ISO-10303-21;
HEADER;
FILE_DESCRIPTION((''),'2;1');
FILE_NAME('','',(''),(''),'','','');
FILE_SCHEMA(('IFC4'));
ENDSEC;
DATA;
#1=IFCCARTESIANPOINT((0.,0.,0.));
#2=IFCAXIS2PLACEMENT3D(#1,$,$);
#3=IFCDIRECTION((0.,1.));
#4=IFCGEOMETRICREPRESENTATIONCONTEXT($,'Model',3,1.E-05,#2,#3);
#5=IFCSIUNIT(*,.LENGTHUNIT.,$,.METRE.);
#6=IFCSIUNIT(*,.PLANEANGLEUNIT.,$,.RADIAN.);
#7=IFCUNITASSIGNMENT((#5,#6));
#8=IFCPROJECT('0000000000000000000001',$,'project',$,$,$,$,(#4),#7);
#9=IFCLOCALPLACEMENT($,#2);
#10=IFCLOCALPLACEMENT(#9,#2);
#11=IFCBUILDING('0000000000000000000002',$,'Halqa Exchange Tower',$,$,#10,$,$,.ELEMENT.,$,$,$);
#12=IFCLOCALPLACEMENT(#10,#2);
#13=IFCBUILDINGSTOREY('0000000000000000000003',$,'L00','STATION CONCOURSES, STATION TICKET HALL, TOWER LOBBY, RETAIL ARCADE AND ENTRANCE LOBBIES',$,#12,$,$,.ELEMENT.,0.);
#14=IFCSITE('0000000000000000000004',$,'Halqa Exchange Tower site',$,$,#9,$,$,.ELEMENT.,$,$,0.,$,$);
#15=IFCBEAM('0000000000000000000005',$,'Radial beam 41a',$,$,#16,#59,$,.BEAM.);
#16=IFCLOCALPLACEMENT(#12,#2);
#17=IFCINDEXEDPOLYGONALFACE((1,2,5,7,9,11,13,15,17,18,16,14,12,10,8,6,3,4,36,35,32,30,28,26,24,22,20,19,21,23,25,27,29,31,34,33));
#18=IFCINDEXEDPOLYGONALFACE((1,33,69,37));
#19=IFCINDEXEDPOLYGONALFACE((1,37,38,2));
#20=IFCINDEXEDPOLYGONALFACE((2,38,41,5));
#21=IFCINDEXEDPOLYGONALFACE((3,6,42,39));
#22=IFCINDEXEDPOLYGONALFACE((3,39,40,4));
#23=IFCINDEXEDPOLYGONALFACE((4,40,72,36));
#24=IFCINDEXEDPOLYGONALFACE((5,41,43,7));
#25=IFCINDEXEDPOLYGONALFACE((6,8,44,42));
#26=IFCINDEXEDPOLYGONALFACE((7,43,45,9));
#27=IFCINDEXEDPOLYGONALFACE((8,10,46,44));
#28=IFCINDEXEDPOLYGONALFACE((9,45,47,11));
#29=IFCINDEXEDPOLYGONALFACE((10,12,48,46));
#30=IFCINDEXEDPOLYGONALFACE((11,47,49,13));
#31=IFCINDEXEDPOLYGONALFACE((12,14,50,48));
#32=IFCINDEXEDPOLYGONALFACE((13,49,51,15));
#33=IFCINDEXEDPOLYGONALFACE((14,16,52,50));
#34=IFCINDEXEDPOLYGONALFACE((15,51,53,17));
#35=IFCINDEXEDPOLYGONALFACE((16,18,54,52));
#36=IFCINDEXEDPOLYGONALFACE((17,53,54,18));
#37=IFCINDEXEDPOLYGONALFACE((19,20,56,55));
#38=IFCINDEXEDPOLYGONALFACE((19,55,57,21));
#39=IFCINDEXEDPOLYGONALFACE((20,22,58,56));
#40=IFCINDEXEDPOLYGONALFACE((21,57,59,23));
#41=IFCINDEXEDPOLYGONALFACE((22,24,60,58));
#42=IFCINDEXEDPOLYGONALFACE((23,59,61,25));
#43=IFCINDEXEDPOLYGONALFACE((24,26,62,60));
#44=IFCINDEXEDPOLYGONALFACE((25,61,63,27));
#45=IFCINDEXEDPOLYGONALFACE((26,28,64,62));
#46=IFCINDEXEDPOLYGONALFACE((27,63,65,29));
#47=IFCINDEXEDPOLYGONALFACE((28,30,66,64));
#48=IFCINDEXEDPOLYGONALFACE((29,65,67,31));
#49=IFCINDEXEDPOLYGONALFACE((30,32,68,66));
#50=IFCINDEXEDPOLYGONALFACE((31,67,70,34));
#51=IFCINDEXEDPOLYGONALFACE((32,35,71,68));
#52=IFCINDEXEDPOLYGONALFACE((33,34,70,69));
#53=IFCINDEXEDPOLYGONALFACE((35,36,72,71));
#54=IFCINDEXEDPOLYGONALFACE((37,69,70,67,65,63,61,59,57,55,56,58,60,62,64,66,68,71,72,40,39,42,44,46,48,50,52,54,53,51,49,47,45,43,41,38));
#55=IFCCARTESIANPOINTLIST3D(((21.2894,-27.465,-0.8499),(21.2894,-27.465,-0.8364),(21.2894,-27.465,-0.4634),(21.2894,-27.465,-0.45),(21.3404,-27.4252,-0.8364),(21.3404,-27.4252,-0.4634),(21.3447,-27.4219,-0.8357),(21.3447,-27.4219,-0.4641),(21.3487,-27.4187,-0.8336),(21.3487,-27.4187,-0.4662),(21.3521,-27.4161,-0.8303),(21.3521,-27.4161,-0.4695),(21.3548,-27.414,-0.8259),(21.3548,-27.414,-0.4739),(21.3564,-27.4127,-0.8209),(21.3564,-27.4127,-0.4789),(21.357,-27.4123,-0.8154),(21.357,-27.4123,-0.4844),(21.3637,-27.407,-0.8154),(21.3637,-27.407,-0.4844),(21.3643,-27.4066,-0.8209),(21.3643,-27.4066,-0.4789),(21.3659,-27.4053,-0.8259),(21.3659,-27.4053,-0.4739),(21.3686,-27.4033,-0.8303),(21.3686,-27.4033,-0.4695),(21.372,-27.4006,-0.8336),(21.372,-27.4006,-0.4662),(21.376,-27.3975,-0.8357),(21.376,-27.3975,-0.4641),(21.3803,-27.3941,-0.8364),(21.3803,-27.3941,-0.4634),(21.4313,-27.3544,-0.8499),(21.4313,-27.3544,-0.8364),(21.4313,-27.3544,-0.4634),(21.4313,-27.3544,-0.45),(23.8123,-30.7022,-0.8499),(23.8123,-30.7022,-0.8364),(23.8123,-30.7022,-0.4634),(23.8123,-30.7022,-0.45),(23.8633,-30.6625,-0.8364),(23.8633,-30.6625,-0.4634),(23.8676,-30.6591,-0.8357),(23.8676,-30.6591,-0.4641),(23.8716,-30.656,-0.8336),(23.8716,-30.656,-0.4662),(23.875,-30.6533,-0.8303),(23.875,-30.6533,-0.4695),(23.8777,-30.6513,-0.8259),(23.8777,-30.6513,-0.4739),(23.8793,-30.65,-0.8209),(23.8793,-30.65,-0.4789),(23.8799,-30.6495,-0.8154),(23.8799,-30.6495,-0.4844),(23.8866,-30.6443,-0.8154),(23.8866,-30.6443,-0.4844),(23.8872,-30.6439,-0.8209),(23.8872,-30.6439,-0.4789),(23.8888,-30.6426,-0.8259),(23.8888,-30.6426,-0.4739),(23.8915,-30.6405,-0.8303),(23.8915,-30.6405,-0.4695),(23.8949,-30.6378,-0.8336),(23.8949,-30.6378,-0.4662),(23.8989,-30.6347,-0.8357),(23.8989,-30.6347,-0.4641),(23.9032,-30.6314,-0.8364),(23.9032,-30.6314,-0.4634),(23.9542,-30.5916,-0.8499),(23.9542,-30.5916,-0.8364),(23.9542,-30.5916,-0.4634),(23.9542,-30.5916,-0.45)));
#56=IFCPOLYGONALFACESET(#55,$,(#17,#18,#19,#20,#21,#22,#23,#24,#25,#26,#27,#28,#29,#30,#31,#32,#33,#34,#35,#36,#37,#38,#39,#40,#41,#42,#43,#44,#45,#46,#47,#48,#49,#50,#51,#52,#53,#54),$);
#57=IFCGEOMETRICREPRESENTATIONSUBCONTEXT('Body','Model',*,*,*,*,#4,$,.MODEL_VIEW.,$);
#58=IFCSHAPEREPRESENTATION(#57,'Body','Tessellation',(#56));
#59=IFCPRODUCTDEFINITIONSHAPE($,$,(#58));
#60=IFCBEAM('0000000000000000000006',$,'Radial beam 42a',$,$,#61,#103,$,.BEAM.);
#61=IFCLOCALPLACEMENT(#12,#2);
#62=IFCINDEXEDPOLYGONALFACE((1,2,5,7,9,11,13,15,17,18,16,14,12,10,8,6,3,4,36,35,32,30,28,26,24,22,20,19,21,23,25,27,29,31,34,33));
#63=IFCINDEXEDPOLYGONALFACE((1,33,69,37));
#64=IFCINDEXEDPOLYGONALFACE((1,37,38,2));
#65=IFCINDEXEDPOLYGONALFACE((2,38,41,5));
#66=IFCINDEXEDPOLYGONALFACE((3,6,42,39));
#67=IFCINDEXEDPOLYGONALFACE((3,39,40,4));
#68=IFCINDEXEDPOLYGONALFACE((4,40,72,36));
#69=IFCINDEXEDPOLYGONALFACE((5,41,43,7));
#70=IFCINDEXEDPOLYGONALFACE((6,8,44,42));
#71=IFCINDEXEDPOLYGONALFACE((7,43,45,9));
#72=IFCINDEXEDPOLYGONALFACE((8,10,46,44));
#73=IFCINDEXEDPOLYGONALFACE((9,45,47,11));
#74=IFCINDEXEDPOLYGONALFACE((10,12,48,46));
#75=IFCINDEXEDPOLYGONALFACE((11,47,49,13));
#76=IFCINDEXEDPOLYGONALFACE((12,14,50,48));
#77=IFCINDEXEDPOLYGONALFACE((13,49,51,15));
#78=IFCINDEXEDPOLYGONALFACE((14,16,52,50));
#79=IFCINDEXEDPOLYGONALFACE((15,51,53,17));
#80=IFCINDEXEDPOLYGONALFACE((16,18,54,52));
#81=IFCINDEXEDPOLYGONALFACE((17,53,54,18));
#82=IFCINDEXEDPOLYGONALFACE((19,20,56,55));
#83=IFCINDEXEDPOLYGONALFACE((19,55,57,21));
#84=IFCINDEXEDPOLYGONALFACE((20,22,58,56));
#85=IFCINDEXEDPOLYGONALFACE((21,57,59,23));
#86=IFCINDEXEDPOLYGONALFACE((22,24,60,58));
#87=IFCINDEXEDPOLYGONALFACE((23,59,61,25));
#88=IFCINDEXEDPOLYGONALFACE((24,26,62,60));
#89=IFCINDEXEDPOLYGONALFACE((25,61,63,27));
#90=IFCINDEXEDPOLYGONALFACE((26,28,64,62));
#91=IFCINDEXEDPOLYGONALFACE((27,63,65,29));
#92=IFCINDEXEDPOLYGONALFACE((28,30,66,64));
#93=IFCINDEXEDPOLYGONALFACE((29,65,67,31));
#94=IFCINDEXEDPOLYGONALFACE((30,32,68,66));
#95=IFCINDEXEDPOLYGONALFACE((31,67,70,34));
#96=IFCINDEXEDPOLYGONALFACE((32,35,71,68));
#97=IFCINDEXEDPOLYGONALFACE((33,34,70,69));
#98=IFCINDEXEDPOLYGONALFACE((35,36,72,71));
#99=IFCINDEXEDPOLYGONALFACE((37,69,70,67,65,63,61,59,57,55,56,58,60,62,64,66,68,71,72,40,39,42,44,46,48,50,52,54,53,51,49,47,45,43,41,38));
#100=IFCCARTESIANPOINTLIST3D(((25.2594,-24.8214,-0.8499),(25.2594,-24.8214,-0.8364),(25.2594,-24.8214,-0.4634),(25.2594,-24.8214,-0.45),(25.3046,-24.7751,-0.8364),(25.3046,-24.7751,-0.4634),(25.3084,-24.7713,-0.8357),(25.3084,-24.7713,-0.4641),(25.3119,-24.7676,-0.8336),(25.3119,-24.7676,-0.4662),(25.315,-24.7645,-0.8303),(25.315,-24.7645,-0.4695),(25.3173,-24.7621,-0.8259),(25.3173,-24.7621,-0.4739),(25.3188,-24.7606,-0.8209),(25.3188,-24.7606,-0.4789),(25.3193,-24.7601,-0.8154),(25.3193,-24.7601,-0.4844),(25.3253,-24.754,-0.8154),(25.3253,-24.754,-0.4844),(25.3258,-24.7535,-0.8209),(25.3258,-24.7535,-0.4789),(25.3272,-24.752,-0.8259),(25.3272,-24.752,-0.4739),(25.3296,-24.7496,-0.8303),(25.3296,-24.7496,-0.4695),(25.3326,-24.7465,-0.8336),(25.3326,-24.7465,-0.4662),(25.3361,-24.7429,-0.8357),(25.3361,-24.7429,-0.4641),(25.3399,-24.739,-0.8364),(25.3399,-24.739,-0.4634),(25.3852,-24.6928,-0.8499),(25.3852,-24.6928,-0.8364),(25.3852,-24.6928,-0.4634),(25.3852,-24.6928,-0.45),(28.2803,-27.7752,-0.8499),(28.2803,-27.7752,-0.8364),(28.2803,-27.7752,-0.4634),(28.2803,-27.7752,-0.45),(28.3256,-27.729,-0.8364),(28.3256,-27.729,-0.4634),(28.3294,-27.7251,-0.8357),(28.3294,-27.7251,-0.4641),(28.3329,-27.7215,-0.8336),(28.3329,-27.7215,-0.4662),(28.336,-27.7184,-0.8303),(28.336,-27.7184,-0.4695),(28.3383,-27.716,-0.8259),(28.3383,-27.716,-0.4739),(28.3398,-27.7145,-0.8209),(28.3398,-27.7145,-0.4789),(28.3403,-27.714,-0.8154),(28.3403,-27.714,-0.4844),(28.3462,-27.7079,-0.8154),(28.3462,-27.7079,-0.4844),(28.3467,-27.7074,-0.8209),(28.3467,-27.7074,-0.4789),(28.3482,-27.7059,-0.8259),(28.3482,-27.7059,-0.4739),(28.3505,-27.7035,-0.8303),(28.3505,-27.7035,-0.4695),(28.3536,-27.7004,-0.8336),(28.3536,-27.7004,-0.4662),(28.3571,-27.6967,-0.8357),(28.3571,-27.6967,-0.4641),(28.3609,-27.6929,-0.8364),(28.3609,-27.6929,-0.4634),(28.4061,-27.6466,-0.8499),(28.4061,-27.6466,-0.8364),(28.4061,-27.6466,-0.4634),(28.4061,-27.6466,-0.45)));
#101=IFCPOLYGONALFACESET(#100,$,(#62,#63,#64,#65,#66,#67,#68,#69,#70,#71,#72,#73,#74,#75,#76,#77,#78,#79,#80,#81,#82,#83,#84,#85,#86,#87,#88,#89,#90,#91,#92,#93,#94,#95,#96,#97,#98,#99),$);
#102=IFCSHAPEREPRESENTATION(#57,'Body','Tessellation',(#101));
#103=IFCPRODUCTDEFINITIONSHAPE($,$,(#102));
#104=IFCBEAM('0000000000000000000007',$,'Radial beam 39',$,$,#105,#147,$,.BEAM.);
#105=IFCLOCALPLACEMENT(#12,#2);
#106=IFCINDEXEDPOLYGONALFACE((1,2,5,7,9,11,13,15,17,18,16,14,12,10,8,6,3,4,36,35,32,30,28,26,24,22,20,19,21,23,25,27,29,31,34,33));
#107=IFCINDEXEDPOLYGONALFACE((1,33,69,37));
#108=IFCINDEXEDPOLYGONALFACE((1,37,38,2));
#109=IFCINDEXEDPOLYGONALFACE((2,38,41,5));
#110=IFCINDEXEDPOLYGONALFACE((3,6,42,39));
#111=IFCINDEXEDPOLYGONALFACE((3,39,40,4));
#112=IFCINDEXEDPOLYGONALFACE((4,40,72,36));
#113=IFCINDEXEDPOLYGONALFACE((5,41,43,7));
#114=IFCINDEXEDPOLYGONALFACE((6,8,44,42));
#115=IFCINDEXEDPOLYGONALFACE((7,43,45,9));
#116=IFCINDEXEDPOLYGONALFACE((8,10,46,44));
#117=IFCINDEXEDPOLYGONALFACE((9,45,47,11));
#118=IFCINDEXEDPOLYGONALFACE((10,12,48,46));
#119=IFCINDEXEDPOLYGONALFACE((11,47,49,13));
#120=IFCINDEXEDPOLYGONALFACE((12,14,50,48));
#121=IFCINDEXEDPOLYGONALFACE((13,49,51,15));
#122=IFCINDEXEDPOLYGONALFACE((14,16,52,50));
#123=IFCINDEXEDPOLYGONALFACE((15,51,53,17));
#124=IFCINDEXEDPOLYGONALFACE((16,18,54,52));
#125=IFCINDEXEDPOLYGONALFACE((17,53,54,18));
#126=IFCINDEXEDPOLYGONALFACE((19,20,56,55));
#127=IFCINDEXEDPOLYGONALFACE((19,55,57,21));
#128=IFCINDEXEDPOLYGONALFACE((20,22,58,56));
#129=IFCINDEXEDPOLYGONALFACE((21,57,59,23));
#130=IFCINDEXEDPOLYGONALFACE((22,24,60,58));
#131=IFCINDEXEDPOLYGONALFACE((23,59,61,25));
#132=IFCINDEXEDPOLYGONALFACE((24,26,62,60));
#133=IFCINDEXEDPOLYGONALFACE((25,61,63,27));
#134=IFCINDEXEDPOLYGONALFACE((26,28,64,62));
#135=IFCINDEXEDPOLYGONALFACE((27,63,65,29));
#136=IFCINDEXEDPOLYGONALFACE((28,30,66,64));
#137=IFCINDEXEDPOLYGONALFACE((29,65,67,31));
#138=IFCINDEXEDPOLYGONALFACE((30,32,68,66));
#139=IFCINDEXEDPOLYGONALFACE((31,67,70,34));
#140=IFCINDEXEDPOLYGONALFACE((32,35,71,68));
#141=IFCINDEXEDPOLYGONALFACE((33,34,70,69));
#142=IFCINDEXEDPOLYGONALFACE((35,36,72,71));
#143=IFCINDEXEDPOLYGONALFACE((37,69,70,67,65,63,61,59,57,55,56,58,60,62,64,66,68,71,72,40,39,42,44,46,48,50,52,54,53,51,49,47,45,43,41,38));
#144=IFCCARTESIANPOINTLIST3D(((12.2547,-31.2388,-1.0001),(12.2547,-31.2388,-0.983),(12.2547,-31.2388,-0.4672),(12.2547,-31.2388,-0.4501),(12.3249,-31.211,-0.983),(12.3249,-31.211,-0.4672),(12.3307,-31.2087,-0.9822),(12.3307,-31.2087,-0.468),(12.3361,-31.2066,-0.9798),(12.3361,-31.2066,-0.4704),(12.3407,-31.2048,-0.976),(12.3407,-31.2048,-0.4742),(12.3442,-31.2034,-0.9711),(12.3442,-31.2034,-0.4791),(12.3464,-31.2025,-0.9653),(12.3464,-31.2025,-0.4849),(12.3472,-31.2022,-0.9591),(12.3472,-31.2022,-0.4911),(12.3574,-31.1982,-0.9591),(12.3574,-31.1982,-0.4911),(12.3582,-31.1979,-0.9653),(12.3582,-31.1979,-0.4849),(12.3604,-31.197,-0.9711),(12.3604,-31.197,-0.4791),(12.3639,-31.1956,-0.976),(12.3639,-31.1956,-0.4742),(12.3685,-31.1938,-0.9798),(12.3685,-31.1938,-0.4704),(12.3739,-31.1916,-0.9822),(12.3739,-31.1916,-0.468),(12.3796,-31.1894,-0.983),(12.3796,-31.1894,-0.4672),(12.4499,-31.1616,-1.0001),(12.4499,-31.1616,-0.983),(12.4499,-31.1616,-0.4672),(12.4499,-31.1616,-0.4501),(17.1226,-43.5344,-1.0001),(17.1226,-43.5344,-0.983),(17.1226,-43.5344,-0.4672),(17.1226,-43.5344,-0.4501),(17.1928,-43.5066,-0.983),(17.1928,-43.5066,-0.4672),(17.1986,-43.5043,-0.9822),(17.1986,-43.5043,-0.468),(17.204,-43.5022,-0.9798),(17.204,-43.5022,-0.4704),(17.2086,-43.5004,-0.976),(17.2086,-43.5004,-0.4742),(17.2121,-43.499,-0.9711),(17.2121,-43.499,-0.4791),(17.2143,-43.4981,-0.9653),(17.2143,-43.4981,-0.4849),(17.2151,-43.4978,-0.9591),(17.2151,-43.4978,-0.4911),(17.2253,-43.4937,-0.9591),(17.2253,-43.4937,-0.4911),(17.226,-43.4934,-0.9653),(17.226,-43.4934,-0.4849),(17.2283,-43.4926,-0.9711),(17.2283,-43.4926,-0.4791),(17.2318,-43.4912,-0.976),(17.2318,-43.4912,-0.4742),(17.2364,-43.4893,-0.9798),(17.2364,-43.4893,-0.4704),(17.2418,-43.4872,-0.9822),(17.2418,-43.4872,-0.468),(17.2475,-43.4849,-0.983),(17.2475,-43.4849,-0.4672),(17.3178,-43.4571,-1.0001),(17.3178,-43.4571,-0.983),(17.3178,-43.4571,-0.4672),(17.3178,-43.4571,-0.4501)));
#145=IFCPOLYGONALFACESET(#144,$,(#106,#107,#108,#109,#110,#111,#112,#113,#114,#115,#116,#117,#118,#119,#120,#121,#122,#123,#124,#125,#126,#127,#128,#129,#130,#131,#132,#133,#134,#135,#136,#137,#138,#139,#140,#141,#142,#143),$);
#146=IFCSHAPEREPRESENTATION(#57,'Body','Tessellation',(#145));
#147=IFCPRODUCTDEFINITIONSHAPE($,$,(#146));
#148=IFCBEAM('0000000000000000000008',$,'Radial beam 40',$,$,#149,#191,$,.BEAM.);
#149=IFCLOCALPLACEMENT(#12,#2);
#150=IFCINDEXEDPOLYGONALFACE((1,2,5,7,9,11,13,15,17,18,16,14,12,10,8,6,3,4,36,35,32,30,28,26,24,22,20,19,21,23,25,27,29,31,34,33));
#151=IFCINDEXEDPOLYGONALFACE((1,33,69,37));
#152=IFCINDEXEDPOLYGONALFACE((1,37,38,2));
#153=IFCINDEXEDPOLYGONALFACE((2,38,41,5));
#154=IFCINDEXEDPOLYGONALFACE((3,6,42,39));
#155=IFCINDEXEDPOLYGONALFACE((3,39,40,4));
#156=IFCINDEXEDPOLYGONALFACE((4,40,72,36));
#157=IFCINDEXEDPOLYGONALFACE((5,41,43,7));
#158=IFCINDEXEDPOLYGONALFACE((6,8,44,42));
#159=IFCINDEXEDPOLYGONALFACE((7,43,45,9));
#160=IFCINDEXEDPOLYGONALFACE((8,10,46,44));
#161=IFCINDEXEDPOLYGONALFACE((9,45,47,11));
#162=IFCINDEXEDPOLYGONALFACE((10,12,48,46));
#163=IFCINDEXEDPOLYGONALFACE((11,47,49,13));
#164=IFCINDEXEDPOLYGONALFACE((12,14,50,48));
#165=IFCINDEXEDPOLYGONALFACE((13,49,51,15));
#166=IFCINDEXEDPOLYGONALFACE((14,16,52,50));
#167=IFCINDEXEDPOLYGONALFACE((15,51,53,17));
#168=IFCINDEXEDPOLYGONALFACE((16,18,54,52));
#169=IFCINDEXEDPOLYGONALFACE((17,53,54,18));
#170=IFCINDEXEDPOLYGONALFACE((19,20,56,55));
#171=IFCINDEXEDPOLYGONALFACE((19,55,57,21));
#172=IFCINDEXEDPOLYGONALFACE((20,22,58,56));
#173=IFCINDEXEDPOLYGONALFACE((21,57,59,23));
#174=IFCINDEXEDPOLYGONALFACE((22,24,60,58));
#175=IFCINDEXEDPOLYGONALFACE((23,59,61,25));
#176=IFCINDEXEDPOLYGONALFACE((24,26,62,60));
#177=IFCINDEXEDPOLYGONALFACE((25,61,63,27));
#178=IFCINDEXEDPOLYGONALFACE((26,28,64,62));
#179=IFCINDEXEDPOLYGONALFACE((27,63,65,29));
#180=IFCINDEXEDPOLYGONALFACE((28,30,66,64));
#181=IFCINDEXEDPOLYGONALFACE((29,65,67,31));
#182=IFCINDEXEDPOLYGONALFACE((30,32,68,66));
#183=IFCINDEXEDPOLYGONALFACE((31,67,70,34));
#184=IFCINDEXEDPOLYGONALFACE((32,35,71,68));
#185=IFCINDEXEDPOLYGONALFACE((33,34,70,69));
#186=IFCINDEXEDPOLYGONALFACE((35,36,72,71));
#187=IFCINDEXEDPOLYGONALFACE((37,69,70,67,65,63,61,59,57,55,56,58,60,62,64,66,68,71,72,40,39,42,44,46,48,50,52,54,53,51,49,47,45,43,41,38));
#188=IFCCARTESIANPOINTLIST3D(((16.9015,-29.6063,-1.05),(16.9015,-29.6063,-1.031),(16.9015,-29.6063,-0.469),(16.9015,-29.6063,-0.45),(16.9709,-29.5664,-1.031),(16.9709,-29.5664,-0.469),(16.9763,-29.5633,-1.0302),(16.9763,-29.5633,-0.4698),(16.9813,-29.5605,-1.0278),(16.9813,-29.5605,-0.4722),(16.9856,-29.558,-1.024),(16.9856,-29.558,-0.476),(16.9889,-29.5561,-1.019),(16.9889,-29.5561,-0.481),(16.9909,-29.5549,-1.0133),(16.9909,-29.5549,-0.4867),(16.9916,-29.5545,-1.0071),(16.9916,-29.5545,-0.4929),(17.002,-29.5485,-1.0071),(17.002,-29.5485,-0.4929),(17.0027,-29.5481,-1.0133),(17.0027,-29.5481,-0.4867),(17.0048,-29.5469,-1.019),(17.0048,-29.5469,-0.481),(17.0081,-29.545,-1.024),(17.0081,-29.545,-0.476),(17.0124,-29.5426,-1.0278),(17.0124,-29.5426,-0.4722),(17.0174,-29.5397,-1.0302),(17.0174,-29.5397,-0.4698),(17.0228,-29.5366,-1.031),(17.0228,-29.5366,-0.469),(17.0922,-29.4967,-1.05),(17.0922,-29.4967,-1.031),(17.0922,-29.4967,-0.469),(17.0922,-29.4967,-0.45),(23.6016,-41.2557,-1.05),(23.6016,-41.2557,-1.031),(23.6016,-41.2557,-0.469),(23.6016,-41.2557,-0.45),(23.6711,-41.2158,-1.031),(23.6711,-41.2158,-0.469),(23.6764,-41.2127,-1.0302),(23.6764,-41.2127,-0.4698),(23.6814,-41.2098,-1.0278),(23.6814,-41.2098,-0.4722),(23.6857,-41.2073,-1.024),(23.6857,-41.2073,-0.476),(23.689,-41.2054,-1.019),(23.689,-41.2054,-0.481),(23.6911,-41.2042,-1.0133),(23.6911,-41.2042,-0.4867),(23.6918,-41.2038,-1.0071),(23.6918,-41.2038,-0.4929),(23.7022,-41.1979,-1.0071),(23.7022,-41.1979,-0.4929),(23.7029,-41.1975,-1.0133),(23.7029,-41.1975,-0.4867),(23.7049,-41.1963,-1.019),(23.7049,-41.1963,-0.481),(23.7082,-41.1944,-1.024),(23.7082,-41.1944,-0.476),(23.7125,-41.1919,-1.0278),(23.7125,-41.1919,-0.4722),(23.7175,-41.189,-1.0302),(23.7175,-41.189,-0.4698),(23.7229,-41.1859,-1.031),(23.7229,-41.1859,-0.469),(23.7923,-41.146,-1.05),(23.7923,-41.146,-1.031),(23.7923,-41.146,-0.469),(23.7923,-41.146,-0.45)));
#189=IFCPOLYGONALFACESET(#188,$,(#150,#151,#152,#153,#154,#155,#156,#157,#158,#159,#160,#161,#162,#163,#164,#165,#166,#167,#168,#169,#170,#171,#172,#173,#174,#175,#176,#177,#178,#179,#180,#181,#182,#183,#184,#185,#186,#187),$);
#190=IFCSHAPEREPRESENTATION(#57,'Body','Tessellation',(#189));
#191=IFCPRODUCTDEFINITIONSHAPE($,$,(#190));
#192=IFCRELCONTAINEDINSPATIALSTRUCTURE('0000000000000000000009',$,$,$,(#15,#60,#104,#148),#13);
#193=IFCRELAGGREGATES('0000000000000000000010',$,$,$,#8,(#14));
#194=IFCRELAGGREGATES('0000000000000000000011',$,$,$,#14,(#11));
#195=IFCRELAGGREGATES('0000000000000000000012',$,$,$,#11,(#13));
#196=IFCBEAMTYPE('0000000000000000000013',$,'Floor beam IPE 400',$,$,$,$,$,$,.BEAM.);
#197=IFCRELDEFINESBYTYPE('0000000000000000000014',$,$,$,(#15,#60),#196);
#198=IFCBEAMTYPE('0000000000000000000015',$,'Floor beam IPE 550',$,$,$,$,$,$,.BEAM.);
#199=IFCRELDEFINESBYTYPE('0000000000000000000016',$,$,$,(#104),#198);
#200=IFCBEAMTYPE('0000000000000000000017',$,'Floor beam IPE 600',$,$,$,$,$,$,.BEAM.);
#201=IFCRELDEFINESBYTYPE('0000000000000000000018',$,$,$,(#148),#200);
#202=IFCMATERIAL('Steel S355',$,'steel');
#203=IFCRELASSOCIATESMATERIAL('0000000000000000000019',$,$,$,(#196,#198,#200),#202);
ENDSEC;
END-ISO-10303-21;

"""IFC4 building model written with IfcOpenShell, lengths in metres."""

from ifc_helpers import new_model, si_unit, direction, frame, origin, origin_2d, place, context, subcontext, project, spatial, i_section, extrude, material, material_profile, profile_set, type_object, element, save


model = new_model("IFC4")

# Units and contexts
model_context = context("Model", 3, precision=1e-05, world=origin(), true_north=direction((0.0, 1.0)))
body_context = subcontext(model_context, "Body", "Model", "MODEL_VIEW")
ifc_project = project(units=[si_unit("LENGTHUNIT", "METRE"), si_unit("PLANEANGLEUNIT", "RADIAN")], contexts=[model_context])

# Site, building, storey
site_placement = place(None, origin())
site = spatial("IfcSite", under=ifc_project, at=site_placement, Name="Halqa Exchange Tower site", CompositionType="ELEMENT", RefElevation=0.0)
building_placement = place(site_placement, origin())
building = spatial("IfcBuilding", under=site, at=building_placement, Name="Halqa Exchange Tower", CompositionType="ELEMENT")
storey_placement = place(building_placement, origin())
storey = spatial("IfcBuildingStorey", under=building, at=storey_placement, Name="L00", Description="STATION CONCOURSES, STATION TICKET HALL, TOWER LOBBY, RETAIL ARCADE AND ENTRANCE LOBBIES", CompositionType="ELEMENT", Elevation=0.0)

# Beams
ifc_material_1 = material(Name="Steel S355", Category="steel")
ifc_material_profile_1 = material_profile(ifc_material_1, i_section(OverallWidth=0.1799, OverallDepth=0.3999, WebThickness=0.0085, FlangeThickness=0.0134, FilletRadius=0.021, at=origin_2d()), Name="IPE 400")
ifc_profile_set_1 = profile_set([ifc_material_profile_1], Name="Steel S355")
beam_type_1 = type_object("IfcBeamType", Name="Floor beam IPE 400", PredefinedType="BEAM", material=ifc_profile_set_1)
beam_1_placement = place(storey_placement, frame((21.3604, -27.4097, -0.6499), z_axis=(0.614706, -0.788756, 0.0), x_axis=(0.788756, 0.614706, 0.0)))
element("IfcBeam", 1, at=beam_1_placement, inside=storey, type_object=beam_type_1, Name="Radial beam 41a", PredefinedType="BEAM", context=body_context, shape_type="SweptSolid", body=[
    extrude(i_section(OverallWidth=0.1799, OverallDepth=0.3999, WebThickness=0.0085, FlangeThickness=0.0134, FilletRadius=0.021, at=origin_2d()), origin(), (0.0, 0.0, 1.0), 4.1042),
])
beam_2_placement = place(storey_placement, frame((25.3223, -24.7571, -0.6499), z_axis=(0.715007, -0.699117, 0.0), x_axis=(0.699117, 0.715007, 0.0)))
element("IfcBeam", 2, at=beam_2_placement, inside=storey, type_object=beam_type_1, Name="Radial beam 42a", PredefinedType="BEAM", context=body_context, shape_type="SweptSolid", body=[
    extrude(i_section(OverallWidth=0.1799, OverallDepth=0.3999, WebThickness=0.0085, FlangeThickness=0.0134, FilletRadius=0.021, at=origin_2d()), origin(), (0.0, 0.0, 1.0), 4.2251),
])
ifc_material_profile_2 = material_profile(ifc_material_1, i_section(OverallWidth=0.21, OverallDepth=0.55, WebThickness=0.011, FlangeThickness=0.0171, FilletRadius=0.0239, at=origin_2d()), Name="IPE 550")
ifc_profile_set_2 = profile_set([ifc_material_profile_2], Name="Steel S355")
beam_type_2 = type_object("IfcBeamType", Name="Floor beam IPE 550", PredefinedType="BEAM", material=ifc_profile_set_2)
beam_3_placement = place(storey_placement, frame((12.3523, -31.2002, -0.7251), z_axis=(0.368107, -0.929784, 0.0), x_axis=(0.929784, 0.368107, 0.0)))
element("IfcBeam", 3, at=beam_3_placement, inside=storey, type_object=beam_type_2, Name="Radial beam 39", PredefinedType="BEAM", context=body_context, shape_type="SweptSolid", body=[
    extrude(i_section(OverallWidth=0.21, OverallDepth=0.55, WebThickness=0.011, FlangeThickness=0.0171, FilletRadius=0.0239, at=origin_2d()), origin(), (0.0, 0.0, 1.0), 13.2241),
])
ifc_material_profile_3 = material_profile(ifc_material_1, i_section(OverallWidth=0.22, OverallDepth=0.6001, WebThickness=0.012, FlangeThickness=0.019, FilletRadius=0.0239, at=origin_2d()), Name="IPE 600")
ifc_profile_set_3 = profile_set([ifc_material_profile_3], Name="Steel S355")
beam_type_3 = type_object("IfcBeamType", Name="Floor beam IPE 600", PredefinedType="BEAM", material=ifc_profile_set_3)
beam_4_placement = place(storey_placement, frame((16.9968, -29.5515, -0.75), z_axis=(0.498571, -0.866849, 0.0), x_axis=(0.866849, 0.498571, 0.0)))
element("IfcBeam", 4, at=beam_4_placement, inside=storey, type_object=beam_type_3, Name="Radial beam 40", PredefinedType="BEAM", context=body_context, shape_type="SweptSolid", body=[
    extrude(i_section(OverallWidth=0.22, OverallDepth=0.6001, WebThickness=0.012, FlangeThickness=0.019, FilletRadius=0.0239, at=origin_2d()), origin(), (0.0, 0.0, 1.0), 13.4387),
])

save(model, "model.ifc")
